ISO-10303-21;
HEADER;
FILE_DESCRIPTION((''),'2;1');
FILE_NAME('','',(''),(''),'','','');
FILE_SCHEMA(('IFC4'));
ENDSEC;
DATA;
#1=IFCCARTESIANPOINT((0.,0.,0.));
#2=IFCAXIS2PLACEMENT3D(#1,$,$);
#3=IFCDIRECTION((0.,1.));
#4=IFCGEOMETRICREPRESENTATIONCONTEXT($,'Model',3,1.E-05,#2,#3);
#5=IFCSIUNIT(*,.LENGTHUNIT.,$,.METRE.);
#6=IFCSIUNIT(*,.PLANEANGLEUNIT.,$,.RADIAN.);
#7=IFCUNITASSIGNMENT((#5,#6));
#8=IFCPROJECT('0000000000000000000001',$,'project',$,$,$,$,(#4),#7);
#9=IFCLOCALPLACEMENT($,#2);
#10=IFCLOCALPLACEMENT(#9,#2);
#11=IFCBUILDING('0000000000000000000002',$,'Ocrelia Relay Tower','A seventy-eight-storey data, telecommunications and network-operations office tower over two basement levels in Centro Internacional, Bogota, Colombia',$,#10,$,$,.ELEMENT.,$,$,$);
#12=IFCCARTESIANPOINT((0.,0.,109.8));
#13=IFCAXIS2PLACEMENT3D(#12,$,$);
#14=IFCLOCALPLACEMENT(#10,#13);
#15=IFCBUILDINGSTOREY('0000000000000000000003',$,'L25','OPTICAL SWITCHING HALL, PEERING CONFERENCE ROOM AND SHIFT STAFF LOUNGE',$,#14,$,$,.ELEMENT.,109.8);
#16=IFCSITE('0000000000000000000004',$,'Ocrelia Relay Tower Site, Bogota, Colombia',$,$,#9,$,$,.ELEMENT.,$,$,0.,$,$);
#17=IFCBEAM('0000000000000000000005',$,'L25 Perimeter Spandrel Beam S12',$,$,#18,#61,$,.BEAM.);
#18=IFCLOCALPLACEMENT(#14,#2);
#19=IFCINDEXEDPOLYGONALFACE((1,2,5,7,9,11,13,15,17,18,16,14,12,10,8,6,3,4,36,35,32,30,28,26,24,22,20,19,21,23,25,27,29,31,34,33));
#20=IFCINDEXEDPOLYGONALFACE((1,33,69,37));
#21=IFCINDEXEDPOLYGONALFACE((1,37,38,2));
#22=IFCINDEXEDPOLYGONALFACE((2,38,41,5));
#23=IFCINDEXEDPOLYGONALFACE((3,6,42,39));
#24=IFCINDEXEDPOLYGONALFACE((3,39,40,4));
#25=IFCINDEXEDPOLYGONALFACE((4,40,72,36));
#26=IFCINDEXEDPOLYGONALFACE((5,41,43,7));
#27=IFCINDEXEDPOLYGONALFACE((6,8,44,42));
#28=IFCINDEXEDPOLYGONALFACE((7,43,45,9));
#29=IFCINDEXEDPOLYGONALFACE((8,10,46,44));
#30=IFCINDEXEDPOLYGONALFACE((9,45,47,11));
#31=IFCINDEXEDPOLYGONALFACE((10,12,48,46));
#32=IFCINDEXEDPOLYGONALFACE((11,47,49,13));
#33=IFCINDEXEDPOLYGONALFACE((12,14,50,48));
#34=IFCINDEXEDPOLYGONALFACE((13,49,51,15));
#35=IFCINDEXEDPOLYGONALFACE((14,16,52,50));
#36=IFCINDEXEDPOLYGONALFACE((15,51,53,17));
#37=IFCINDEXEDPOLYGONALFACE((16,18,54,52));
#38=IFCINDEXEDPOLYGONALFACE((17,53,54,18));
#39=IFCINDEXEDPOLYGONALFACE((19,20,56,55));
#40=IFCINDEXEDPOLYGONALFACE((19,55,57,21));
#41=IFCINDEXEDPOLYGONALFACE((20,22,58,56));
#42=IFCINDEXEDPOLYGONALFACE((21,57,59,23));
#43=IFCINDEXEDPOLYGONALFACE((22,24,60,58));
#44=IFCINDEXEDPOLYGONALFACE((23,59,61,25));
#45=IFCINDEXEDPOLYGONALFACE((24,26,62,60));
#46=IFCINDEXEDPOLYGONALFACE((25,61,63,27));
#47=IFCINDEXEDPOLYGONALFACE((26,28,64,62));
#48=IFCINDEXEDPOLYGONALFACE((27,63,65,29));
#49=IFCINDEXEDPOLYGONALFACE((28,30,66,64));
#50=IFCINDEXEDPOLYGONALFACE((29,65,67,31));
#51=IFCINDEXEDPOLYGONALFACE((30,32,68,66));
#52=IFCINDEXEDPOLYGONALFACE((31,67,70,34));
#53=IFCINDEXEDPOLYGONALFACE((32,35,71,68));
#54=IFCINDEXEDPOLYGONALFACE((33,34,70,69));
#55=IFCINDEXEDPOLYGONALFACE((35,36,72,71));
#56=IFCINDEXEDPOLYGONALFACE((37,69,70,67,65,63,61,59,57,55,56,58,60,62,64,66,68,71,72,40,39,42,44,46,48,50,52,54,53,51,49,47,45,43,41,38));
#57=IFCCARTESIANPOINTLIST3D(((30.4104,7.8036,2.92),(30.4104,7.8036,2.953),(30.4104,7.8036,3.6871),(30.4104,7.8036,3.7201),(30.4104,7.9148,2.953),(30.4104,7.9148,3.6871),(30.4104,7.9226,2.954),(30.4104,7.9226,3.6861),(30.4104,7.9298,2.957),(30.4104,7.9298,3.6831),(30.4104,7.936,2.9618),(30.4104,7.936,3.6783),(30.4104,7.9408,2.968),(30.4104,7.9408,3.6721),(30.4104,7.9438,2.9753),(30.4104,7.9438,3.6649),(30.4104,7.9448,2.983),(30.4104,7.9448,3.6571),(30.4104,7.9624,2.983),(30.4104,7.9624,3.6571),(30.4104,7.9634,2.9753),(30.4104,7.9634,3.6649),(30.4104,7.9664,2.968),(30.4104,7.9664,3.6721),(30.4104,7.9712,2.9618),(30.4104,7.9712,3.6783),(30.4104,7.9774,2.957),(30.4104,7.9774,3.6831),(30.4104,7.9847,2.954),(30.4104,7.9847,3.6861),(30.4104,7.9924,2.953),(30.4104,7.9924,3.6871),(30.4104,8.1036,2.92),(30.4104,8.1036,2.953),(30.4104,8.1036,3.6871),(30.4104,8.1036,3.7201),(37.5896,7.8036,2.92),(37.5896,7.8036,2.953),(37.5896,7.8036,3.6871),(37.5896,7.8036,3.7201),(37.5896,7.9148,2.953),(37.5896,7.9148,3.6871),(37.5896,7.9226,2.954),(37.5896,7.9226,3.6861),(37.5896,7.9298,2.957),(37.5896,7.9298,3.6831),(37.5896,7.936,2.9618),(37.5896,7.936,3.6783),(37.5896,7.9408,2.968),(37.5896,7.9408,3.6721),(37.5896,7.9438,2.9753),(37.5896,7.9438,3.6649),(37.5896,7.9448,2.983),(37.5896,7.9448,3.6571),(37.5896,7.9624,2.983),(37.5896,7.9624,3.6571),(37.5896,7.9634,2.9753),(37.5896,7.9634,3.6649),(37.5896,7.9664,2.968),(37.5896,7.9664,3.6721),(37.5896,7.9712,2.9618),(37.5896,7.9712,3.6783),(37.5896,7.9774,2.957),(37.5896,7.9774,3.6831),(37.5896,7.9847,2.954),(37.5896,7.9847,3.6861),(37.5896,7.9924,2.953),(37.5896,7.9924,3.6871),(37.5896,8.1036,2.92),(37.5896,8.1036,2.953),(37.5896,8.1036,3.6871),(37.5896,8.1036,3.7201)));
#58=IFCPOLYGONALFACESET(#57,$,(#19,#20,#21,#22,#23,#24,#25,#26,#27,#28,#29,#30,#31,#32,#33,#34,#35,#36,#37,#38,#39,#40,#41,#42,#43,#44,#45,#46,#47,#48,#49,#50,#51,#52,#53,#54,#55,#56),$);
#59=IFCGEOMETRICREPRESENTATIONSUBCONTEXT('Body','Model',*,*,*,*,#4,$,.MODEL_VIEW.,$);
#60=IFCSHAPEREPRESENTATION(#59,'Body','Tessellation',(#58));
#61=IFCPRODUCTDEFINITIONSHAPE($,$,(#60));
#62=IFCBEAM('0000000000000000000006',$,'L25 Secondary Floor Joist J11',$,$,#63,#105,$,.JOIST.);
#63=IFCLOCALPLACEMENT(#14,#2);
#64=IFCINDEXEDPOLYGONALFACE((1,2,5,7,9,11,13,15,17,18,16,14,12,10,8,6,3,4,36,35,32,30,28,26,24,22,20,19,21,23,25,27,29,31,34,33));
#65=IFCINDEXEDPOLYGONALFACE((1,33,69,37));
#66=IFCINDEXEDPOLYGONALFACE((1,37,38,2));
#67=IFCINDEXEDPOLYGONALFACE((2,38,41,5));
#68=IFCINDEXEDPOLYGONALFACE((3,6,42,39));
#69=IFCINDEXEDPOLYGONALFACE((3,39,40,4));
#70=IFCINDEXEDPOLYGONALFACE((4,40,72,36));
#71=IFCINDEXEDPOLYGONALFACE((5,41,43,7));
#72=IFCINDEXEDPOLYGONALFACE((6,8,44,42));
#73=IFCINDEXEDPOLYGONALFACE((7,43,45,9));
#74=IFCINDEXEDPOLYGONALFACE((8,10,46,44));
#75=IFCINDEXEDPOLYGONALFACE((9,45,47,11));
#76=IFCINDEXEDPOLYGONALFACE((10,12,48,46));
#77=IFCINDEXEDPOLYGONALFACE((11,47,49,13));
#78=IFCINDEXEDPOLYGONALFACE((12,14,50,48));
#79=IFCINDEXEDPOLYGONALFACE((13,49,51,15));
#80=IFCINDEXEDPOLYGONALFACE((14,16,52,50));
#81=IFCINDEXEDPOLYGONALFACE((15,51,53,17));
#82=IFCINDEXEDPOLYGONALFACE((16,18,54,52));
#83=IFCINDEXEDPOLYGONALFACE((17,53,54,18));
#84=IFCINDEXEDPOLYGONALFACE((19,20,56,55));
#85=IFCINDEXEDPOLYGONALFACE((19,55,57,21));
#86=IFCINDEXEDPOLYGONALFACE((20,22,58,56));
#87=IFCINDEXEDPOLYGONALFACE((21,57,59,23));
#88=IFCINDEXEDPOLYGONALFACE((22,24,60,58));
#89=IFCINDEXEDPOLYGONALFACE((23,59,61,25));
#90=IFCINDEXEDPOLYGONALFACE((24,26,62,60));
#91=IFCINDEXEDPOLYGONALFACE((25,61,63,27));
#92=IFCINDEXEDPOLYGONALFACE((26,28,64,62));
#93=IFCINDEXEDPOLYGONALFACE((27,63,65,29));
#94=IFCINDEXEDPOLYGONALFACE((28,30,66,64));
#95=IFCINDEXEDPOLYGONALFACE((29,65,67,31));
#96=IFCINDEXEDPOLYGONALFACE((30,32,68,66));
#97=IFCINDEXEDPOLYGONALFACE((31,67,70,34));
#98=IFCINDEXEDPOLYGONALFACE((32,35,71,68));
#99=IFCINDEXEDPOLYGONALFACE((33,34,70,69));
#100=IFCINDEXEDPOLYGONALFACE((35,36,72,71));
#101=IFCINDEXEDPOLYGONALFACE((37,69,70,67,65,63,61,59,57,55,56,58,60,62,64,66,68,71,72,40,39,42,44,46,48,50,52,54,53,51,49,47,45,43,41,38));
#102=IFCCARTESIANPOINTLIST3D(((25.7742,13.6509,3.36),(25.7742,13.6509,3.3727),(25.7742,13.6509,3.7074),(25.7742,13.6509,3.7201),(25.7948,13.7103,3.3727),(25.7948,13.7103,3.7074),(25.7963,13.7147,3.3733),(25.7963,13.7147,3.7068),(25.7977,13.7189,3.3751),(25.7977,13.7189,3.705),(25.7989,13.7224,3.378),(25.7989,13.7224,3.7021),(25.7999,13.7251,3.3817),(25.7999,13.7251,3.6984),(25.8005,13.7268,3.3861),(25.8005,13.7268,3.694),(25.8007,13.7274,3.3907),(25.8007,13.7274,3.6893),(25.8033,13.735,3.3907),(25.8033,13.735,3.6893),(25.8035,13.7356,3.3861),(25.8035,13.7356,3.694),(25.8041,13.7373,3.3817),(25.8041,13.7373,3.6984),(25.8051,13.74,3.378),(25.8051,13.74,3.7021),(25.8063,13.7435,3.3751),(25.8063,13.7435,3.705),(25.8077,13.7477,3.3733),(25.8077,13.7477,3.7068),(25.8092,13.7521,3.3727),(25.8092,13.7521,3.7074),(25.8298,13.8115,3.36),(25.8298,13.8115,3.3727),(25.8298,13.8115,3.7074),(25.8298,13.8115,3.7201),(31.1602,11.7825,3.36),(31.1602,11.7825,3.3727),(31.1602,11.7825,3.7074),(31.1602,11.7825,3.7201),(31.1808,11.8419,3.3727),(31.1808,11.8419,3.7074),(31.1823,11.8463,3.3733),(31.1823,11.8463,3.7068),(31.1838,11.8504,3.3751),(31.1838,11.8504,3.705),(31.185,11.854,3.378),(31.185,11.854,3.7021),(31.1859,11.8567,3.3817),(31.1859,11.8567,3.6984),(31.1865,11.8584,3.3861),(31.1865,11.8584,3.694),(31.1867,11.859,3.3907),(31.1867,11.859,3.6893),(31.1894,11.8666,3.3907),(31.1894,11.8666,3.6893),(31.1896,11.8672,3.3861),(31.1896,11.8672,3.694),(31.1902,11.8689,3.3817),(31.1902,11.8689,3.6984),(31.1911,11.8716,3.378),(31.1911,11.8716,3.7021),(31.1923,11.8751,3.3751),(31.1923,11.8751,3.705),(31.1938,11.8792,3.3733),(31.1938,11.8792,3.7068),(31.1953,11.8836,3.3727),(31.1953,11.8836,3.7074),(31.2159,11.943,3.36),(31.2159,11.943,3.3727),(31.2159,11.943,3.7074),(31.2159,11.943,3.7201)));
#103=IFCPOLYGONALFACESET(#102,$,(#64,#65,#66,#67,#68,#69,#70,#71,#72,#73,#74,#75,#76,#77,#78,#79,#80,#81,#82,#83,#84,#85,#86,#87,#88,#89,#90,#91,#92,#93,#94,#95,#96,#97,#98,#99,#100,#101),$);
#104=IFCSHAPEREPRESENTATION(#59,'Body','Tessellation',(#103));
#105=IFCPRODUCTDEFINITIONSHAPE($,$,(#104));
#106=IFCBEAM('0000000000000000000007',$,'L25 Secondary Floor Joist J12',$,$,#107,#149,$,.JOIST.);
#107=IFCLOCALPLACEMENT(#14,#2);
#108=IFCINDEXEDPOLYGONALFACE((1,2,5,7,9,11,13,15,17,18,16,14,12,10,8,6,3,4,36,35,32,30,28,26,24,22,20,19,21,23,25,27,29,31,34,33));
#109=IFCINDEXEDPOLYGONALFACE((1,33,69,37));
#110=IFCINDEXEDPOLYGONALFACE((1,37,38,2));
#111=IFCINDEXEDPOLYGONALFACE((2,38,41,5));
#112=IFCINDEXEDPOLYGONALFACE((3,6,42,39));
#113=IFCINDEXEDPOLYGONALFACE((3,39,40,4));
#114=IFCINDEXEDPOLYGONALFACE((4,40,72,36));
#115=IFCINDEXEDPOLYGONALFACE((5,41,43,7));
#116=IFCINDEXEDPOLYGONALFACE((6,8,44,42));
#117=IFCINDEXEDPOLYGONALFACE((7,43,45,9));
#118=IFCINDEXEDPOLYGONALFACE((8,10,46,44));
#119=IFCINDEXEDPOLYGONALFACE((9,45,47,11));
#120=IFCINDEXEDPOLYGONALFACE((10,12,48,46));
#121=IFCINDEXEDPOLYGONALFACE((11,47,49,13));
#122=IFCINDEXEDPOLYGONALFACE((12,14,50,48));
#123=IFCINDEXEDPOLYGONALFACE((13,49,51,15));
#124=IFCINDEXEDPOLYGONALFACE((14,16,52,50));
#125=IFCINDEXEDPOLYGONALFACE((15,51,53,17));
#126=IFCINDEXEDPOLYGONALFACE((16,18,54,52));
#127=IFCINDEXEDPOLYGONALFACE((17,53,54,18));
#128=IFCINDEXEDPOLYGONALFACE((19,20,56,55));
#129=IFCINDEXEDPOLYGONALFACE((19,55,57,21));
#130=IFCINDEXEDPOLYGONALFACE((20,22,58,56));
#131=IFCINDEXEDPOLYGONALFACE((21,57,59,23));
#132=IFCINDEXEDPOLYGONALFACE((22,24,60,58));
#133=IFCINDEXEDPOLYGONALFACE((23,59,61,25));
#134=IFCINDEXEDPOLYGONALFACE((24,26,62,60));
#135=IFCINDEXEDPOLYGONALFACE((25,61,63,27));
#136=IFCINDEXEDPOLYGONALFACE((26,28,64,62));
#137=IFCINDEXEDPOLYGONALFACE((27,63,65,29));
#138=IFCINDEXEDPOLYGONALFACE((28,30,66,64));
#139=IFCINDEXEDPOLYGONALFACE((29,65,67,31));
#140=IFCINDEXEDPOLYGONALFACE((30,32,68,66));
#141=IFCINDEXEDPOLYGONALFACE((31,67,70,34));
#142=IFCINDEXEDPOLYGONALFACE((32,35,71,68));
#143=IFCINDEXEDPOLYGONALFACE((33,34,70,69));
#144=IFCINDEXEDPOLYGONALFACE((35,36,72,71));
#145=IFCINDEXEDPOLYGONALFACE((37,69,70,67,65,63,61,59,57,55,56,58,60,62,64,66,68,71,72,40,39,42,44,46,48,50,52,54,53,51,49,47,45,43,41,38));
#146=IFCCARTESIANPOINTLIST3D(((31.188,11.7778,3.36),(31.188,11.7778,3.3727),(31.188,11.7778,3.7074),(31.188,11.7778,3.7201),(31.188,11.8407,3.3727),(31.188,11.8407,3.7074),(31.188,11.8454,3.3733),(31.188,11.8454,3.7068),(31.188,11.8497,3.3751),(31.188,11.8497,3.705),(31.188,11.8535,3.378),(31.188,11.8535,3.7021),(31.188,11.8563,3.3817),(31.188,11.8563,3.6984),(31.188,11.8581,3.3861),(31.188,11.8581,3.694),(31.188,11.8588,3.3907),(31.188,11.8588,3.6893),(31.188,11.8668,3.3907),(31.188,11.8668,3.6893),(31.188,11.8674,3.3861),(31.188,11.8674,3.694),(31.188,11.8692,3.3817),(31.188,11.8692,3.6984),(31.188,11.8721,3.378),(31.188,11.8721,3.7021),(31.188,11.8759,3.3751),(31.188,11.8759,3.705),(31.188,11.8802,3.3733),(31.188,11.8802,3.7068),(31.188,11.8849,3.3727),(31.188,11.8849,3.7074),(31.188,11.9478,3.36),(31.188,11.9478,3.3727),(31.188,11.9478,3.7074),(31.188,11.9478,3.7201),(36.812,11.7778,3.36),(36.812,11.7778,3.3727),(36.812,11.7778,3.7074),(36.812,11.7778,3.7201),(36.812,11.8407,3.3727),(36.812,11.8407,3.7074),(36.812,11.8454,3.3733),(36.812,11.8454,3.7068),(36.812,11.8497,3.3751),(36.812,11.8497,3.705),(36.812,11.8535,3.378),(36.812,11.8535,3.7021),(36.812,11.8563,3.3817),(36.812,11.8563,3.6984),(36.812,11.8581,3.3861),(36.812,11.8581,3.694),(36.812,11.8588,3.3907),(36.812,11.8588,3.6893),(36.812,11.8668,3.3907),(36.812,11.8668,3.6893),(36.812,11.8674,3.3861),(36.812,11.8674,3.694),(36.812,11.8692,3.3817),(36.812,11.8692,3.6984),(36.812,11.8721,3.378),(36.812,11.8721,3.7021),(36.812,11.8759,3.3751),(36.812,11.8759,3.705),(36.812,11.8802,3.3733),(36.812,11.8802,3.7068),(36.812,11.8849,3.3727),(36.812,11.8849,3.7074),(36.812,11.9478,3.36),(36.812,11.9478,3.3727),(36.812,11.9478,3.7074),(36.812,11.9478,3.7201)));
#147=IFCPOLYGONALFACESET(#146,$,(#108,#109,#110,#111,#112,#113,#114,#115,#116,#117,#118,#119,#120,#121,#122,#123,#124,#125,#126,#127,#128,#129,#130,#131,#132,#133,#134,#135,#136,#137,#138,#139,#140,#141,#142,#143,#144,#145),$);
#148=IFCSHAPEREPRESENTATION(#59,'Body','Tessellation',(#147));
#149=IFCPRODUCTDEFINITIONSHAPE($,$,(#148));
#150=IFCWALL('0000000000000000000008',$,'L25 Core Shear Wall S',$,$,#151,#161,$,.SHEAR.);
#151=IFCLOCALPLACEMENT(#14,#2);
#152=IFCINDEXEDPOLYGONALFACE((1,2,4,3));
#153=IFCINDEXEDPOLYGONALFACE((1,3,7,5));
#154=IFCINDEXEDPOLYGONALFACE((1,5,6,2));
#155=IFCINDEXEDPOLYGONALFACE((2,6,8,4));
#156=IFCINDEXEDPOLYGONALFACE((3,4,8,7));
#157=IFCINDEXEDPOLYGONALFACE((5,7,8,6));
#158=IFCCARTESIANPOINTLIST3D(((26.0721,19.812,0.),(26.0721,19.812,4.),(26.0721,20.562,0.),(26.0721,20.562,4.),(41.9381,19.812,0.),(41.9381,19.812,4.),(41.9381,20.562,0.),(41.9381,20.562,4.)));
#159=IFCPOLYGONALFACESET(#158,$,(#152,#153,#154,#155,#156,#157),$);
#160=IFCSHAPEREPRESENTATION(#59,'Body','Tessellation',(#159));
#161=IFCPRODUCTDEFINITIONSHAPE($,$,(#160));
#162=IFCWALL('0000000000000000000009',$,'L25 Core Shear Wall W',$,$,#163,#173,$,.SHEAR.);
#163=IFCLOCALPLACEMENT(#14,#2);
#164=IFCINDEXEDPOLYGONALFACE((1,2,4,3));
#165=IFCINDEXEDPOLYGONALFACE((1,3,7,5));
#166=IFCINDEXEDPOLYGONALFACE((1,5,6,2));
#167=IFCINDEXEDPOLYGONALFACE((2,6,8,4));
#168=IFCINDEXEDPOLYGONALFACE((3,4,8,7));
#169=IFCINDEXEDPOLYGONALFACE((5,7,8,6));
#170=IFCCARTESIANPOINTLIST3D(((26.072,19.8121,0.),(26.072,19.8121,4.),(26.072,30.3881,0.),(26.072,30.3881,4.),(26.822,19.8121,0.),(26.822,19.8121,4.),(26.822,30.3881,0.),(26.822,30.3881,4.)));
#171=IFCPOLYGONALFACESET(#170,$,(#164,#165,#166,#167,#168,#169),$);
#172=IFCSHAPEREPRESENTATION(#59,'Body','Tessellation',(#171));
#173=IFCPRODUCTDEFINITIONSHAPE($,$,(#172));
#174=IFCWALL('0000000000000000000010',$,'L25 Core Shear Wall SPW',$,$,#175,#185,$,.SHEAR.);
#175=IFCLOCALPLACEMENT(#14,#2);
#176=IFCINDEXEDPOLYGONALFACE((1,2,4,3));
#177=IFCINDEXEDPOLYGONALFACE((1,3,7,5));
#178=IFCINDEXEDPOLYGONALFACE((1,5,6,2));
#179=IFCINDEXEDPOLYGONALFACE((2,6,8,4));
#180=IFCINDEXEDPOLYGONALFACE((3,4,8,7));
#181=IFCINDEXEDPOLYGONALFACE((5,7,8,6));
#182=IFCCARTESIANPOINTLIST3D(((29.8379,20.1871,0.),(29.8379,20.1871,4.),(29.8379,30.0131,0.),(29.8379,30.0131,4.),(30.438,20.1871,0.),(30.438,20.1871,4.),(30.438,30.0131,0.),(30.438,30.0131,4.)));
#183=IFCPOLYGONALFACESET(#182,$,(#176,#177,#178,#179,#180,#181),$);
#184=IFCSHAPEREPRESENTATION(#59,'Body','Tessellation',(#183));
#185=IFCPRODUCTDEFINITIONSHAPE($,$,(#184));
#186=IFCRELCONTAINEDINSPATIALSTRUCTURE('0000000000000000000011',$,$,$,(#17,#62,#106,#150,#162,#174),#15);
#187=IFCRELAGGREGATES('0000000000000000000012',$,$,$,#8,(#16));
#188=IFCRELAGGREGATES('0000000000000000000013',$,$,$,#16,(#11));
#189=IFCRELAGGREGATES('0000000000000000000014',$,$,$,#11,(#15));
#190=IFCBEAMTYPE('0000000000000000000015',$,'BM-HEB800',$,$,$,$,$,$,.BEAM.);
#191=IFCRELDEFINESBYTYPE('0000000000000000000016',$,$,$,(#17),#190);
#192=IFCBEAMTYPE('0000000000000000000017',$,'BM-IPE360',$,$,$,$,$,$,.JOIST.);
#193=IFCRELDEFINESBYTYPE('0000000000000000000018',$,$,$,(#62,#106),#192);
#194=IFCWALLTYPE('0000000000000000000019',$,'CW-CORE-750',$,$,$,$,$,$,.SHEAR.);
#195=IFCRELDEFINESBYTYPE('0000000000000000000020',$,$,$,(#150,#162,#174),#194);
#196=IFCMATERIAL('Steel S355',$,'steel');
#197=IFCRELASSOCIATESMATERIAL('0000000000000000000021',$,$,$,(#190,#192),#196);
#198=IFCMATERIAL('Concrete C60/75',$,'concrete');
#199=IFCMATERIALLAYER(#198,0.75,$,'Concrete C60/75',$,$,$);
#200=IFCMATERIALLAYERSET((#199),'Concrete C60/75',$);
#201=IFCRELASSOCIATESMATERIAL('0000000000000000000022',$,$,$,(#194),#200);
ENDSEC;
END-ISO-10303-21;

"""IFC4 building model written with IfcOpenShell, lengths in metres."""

from ifc_helpers import new_model, si_unit, direction, frame, frame_2d, origin, origin_2d, place, context, subcontext, project, spatial, rectangle, i_section, extrude, material, layer, layer_set, material_profile, profile_set, type_object, element, save


model = new_model("IFC4")

# Units and contexts
model_context = context("Model", 3, precision=1e-05, world=origin(), true_north=direction((0.0, 1.0)))
body_context = subcontext(model_context, "Body", "Model", "MODEL_VIEW")
ifc_project = project(units=[si_unit("LENGTHUNIT", "METRE"), si_unit("PLANEANGLEUNIT", "RADIAN")], contexts=[model_context])

# Site, building, storey
site_placement = place(None, origin())
site = spatial("IfcSite", under=ifc_project, at=site_placement, Name="Ocrelia Relay Tower Site, Bogota, Colombia", CompositionType="ELEMENT", RefElevation=0.0)
building_placement = place(site_placement, origin())
building = spatial("IfcBuilding", under=site, at=building_placement, Name="Ocrelia Relay Tower", Description="A seventy-eight-storey data, telecommunications and network-operations office tower over two basement levels in Centro Internacional, Bogota, Colombia", CompositionType="ELEMENT")
storey_placement = place(building_placement, frame((0.0, 0.0, 109.8)))
storey = spatial("IfcBuildingStorey", under=building, at=storey_placement, Name="L25", Description="OPTICAL SWITCHING HALL, PEERING CONFERENCE ROOM AND SHIFT STAFF LOUNGE", CompositionType="ELEMENT", Elevation=109.8)

# Shared definitions
ifc_material_1 = material(Name="Concrete C60/75", Category="concrete")

# Beams
ifc_material_2 = material(Name="Steel S355", Category="steel")
ifc_material_profile_1 = material_profile(ifc_material_2, i_section(OverallWidth=0.3, OverallDepth=0.8, WebThickness=0.0176, FlangeThickness=0.033, FilletRadius=0.03, at=origin_2d()), Name="HEB 800")
ifc_profile_set_1 = profile_set([ifc_material_profile_1], Name="Steel S355")
beam_type_1 = type_object("IfcBeamType", Name="BM-HEB800", PredefinedType="BEAM", material=ifc_profile_set_1)
for number, where, z_axis, x_axis, name in (
    (1, (30.4104, 7.9536, 3.3201), (1.0, 0.0, 0.0), (0.0, 1.0, 0.0), "L25 Perimeter Spandrel Beam S12"),
):
    element("IfcBeam", number, at=place(storey_placement, frame(where, z_axis=z_axis, x_axis=x_axis)), inside=storey, type_object=beam_type_1, Name=name, PredefinedType="BEAM", context=body_context, shape_type="SweptSolid", body=[
        extrude(i_section(OverallWidth=0.3, OverallDepth=0.8, WebThickness=0.0176, FlangeThickness=0.033, FilletRadius=0.03, at=origin_2d()), origin(), (0.0, 0.0, 1.0), 7.1792),
    ])
ifc_material_profile_2 = material_profile(ifc_material_2, i_section(OverallWidth=0.1699, OverallDepth=0.3601, WebThickness=0.0081, FlangeThickness=0.0127, FilletRadius=0.0181, at=origin_2d()), Name="IPE 360")
ifc_profile_set_2 = profile_set([ifc_material_profile_2], Name="Steel S355")
beam_type_2 = type_object("IfcBeamType", Name="BM-IPE360", PredefinedType="JOIST", material=ifc_profile_set_2)
beam_1_placement = place(storey_placement, frame((25.802, 13.7312, 3.54), z_axis=(0.944767, -0.327741, 0.0), x_axis=(0.327741, 0.944767, 0.0)))
element("IfcBeam", 2, at=beam_1_placement, inside=storey, type_object=beam_type_2, Name="L25 Secondary Floor Joist J11", PredefinedType="JOIST", context=body_context, shape_type="SweptSolid", body=[
    extrude(i_section(OverallWidth=0.1699, OverallDepth=0.3601, WebThickness=0.0081, FlangeThickness=0.0127, FilletRadius=0.0181, at=origin_2d()), origin(), (0.0, 0.0, 1.0), 5.7009),
])
beam_2_placement = place(storey_placement, frame((31.188, 11.8628, 3.54), z_axis=(1.0, 0.0, 0.0), x_axis=(0.0, 1.0, 0.0)))
element("IfcBeam", 3, at=beam_2_placement, inside=storey, type_object=beam_type_2, Name="L25 Secondary Floor Joist J12", PredefinedType="JOIST", context=body_context, shape_type="SweptSolid", body=[
    extrude(i_section(OverallWidth=0.1699, OverallDepth=0.3601, WebThickness=0.0081, FlangeThickness=0.0127, FilletRadius=0.0181, at=origin_2d()), origin(), (0.0, 0.0, 1.0), 5.624),
])

# Walls
ifc_layer_1 = layer(ifc_material_1, 0.75, Name="Concrete C60/75")
ifc_layer_set_1 = layer_set([ifc_layer_1], Name="Concrete C60/75")
wall_type_1 = type_object("IfcWallType", Name="CW-CORE-750", PredefinedType="SHEAR", material=ifc_layer_set_1)
wall_1_placement = place(storey_placement, frame((26.072, 20.187, 0.0), z_axis=(0.0, 0.0, 1.0), x_axis=(1.0, 0.0, 0.0)))
element("IfcWall", 4, at=wall_1_placement, inside=storey, type_object=wall_type_1, Name="L25 Core Shear Wall S", PredefinedType="SHEAR", context=body_context, shape_type="SweptSolid", body=[
    extrude(rectangle(XDim=15.866, YDim=0.75, at=frame_2d((7.9331, 0.0))), origin(), (0.0, 0.0, 1.0), 4.0),
])
wall_2_placement = place(storey_placement, frame((26.447, 19.812, 0.0), z_axis=(0.0, 0.0, 1.0), x_axis=(0.0, 1.0, 0.0)))
element("IfcWall", 5, at=wall_2_placement, inside=storey, type_object=wall_type_1, Name="L25 Core Shear Wall W", PredefinedType="SHEAR", context=body_context, shape_type="SweptSolid", body=[
    extrude(rectangle(XDim=10.5759, YDim=0.75, at=frame_2d((5.2881, 0.0))), origin(), (0.0, 0.0, 1.0), 4.0),
])
wall_3_placement = place(storey_placement, frame((30.1379, 20.187, 0.0), z_axis=(0.0, 0.0, 1.0), x_axis=(0.0, 1.0, 0.0)))
element("IfcWall", 6, at=wall_3_placement, inside=storey, type_object=wall_type_1, Name="L25 Core Shear Wall SPW", PredefinedType="SHEAR", context=body_context, shape_type="SweptSolid", body=[
    extrude(rectangle(XDim=9.8259, YDim=0.6001, at=frame_2d((4.9131, 0.0))), origin(), (0.0, 0.0, 1.0), 4.0),
])

save(model, "model.ifc")
